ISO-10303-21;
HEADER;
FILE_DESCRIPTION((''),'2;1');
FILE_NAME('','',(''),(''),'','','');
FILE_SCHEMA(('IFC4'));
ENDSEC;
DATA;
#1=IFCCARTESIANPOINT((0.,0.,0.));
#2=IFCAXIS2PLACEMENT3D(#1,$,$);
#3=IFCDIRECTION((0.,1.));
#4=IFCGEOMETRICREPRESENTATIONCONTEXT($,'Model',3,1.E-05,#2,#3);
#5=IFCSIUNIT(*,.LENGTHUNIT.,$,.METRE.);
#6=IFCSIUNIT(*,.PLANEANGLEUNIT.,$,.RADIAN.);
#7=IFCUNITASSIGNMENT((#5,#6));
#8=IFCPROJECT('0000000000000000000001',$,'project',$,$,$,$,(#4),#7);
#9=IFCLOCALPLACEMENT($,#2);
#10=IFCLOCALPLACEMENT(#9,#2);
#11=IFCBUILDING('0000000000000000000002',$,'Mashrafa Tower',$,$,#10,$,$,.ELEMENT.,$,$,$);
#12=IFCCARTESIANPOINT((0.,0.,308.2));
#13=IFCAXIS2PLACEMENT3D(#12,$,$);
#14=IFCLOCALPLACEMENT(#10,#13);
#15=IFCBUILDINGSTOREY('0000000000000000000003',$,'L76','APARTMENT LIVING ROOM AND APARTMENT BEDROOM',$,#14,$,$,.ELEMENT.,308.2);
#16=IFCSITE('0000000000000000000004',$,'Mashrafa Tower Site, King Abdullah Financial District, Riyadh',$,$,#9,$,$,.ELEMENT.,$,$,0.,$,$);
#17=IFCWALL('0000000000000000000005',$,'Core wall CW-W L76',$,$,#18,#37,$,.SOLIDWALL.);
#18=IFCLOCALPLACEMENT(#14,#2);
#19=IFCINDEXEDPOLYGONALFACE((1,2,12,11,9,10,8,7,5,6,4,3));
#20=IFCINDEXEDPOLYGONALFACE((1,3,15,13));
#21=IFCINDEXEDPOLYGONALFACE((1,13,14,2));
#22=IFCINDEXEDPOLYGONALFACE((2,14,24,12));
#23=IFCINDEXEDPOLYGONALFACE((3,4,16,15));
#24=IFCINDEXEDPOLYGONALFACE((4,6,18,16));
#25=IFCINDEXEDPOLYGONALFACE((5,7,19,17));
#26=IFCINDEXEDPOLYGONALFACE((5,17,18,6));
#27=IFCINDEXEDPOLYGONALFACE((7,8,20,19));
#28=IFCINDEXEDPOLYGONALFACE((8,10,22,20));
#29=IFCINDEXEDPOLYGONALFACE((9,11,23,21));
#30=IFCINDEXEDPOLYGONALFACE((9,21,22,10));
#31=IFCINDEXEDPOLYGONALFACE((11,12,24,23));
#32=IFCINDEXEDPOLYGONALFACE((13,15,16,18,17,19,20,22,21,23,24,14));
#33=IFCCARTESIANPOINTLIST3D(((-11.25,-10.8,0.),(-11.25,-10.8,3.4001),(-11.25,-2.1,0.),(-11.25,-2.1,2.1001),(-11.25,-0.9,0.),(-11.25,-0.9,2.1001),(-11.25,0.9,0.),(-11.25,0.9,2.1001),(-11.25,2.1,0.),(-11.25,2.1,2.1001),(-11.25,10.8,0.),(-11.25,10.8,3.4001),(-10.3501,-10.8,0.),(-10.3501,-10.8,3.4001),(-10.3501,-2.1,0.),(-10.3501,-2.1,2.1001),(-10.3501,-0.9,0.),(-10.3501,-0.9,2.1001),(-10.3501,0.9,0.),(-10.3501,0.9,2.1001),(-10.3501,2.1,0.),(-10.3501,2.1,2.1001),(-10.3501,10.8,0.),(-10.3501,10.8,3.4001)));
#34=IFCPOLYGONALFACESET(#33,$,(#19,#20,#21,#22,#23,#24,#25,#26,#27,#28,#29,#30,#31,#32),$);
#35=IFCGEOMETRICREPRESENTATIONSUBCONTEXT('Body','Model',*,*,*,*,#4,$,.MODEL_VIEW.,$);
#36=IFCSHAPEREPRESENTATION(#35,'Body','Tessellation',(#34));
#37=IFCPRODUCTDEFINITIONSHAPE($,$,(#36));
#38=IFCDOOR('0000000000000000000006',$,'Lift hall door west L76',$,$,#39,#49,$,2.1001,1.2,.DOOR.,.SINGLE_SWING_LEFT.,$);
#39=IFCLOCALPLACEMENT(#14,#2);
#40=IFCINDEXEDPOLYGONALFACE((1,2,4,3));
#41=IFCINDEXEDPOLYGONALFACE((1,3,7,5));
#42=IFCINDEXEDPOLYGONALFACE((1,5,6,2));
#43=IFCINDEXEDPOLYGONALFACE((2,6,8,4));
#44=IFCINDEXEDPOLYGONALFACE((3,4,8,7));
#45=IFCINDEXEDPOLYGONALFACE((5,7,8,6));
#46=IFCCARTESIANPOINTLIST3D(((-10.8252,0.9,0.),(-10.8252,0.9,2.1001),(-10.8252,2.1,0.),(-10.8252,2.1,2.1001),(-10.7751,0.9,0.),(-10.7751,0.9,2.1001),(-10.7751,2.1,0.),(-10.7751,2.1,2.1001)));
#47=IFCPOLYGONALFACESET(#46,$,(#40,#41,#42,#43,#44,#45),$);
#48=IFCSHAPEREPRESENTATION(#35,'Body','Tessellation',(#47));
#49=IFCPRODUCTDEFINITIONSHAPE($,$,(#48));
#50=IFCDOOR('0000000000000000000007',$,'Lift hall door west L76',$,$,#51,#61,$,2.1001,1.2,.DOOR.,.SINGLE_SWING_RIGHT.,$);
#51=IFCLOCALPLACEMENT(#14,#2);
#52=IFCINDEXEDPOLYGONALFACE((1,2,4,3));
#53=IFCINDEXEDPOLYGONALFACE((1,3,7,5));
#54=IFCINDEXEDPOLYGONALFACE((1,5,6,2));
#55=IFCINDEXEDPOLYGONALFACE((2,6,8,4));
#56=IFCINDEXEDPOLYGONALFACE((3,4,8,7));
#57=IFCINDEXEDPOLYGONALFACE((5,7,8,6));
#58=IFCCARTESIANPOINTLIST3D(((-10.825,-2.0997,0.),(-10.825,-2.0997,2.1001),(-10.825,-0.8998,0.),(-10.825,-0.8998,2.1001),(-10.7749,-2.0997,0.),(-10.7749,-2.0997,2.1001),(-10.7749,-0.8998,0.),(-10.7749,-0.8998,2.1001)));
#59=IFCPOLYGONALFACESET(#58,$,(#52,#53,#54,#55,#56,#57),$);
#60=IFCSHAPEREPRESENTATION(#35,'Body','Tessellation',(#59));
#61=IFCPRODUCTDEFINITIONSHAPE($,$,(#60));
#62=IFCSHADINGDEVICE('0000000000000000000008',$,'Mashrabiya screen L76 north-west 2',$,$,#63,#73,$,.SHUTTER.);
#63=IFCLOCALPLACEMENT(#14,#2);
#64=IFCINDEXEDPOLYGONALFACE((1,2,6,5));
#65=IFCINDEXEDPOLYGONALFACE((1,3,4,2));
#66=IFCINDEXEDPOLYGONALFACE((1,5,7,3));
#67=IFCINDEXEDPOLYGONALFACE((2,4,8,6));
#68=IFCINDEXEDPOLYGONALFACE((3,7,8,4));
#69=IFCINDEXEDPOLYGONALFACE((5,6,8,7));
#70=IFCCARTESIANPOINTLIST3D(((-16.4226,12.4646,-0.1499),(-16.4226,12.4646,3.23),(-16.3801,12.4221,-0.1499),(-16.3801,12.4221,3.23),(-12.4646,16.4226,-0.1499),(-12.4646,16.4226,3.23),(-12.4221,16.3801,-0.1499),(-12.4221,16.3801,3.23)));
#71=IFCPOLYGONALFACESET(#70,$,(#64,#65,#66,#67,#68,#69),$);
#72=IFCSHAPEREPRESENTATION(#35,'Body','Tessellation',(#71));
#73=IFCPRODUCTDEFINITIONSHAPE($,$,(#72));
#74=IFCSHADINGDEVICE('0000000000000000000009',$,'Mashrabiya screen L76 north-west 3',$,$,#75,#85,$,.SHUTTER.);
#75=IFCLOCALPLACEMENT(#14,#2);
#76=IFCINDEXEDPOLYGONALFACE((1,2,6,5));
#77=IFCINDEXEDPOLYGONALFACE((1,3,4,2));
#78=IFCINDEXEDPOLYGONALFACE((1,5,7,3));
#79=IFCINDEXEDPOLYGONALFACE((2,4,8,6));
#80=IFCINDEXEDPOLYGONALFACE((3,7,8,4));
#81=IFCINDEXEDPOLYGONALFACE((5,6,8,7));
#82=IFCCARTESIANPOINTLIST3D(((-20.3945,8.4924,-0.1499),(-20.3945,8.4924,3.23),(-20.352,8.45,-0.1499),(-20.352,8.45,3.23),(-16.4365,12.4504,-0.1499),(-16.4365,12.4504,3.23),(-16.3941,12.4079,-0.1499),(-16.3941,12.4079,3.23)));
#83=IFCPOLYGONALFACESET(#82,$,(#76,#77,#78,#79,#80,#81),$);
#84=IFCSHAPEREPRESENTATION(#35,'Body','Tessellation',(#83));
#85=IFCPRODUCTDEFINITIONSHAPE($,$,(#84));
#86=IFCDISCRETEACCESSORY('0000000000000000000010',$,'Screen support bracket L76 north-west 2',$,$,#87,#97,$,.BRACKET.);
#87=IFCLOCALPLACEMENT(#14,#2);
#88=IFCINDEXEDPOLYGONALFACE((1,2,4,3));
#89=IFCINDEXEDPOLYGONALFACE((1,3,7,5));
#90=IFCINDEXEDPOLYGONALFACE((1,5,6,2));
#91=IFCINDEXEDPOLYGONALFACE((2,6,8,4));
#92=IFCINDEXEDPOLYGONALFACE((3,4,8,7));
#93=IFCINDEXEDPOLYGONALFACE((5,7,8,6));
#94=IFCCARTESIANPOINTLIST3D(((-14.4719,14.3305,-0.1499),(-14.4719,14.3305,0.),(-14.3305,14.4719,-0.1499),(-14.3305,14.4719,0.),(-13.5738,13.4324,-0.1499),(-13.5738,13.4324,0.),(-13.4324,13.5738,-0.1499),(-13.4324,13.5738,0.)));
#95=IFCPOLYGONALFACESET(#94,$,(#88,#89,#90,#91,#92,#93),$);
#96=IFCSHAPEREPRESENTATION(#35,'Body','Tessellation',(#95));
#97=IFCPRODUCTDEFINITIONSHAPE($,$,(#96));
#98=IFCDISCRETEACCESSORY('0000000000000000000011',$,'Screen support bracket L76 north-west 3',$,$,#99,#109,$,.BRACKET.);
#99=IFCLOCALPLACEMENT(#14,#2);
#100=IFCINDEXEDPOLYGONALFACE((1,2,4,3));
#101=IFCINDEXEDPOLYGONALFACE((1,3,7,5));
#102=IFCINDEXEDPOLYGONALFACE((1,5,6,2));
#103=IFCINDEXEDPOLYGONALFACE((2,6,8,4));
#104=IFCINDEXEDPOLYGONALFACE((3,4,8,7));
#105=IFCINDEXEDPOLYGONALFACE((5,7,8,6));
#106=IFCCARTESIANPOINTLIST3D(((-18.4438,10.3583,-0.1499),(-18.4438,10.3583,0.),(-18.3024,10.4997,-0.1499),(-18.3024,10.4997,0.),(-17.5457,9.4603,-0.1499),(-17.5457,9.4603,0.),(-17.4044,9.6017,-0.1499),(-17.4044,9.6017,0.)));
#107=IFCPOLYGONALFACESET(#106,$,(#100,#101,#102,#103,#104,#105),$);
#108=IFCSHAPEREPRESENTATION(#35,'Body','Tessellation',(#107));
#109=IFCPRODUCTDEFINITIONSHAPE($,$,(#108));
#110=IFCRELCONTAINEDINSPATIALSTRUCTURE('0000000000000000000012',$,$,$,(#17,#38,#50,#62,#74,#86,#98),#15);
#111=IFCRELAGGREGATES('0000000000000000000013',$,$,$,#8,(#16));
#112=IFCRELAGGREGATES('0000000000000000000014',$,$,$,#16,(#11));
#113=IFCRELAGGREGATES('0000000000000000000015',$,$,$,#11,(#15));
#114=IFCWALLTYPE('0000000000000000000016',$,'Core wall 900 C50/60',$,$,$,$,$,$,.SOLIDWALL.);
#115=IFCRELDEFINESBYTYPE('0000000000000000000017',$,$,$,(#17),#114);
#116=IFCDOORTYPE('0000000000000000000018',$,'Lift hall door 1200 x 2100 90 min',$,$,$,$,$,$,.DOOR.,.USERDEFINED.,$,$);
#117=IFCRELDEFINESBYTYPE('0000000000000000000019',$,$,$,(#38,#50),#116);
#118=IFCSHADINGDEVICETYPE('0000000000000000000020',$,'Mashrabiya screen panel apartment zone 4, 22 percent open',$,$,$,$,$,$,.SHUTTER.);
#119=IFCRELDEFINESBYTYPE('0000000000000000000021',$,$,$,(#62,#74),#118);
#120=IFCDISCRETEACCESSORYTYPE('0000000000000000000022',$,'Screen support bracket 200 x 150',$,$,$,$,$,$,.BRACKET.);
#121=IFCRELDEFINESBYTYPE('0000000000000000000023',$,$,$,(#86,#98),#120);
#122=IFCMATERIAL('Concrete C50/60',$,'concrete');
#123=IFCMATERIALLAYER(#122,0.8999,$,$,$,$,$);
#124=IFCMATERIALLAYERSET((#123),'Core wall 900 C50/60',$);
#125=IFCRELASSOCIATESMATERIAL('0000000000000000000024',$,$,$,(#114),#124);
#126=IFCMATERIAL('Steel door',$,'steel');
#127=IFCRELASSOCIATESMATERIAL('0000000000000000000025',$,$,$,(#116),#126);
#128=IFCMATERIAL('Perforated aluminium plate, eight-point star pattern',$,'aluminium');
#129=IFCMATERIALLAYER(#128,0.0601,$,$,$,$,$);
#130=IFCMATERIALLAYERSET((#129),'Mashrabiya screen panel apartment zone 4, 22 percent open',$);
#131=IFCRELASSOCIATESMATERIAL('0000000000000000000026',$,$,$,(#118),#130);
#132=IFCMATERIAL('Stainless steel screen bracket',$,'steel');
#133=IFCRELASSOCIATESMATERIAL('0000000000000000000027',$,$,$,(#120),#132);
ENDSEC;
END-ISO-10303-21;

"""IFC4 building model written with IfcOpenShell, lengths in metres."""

from ifc_helpers import new_model, si_unit, direction, frame, frame_2d, origin, origin_2d, place, context, subcontext, project, spatial, rectangle, extrude, source, transform, mapped, material, layer, layer_set, type_object, type_shapes, element, fill, save


model = new_model("IFC4")

# Units and contexts
model_context = context("Model", 3, precision=1e-05, world=origin(), true_north=direction((0.0, 1.0)))
body_context = subcontext(model_context, "Body", "Model", "MODEL_VIEW")
ifc_project = project(units=[si_unit("LENGTHUNIT", "METRE"), si_unit("PLANEANGLEUNIT", "RADIAN")], contexts=[model_context])

# Site, building, storey
site_placement = place(None, origin())
site = spatial("IfcSite", under=ifc_project, at=site_placement, Name="Mashrafa Tower Site, King Abdullah Financial District, Riyadh", CompositionType="ELEMENT", RefElevation=0.0)
building_placement = place(site_placement, origin())
building = spatial("IfcBuilding", under=site, at=building_placement, Name="Mashrafa Tower", CompositionType="ELEMENT")
storey_placement = place(building_placement, frame((0.0, 0.0, 308.2)))
storey = spatial("IfcBuildingStorey", under=building, at=storey_placement, Name="L76", Description="APARTMENT LIVING ROOM AND APARTMENT BEDROOM", CompositionType="ELEMENT", Elevation=308.2)

# Wall, openings, doors
ifc_material_1 = material(Name="Concrete C50/60", Category="concrete")
ifc_layer_1 = layer(ifc_material_1, 0.8999)
ifc_layer_set_1 = layer_set([ifc_layer_1], Name="Core wall 900 C50/60")
wall_type_1 = type_object("IfcWallType", Name="Core wall 900 C50/60", PredefinedType="SOLIDWALL", material=ifc_layer_set_1)
wall_1_placement = place(storey_placement, frame((-10.8, 10.8, 0.0), z_axis=(0.0, 0.0, 1.0), x_axis=(0.0, -1.0, 0.0)))
wall_1 = element("IfcWall", 1, at=wall_1_placement, inside=storey, type_object=wall_type_1, Name="Core wall CW-W L76", PredefinedType="SOLIDWALL", context=body_context, shape_type="SweptSolid", body=[
    extrude(rectangle(XDim=21.6001, YDim=0.8999, at=frame_2d((10.8, 0.0))), origin(), (0.0, 0.0, 1.0), 3.4001),
])
opening_1_placement = place(wall_1_placement, frame((8.7, 0.0, 0.0)))
opening_1 = element("IfcOpeningElement", 2, at=opening_1_placement, cuts=wall_1, PredefinedType="OPENING", context=body_context, shape_type="SweptSolid", body=[
    extrude(rectangle(XDim=1.2, YDim=2.1001, at=frame_2d((0.6001, 1.05))), frame((0.0, 0.46, 0.0), z_axis=(0.0, -1.0, 0.0), x_axis=(1.0, 0.0, 0.0)), (0.0, 0.0, 1.0), 0.9199),
])
opening_2_placement = place(wall_1_placement, frame((11.7, 0.0, 0.0)))
opening_2 = element("IfcOpeningElement", 3, at=opening_2_placement, cuts=wall_1, PredefinedType="OPENING", context=body_context, shape_type="SweptSolid", body=[
    extrude(rectangle(XDim=1.2, YDim=2.1001, at=frame_2d((0.6001, 1.05))), frame((0.0, 0.46, 0.0), z_axis=(0.0, -1.0, 0.0), x_axis=(1.0, 0.0, 0.0)), (0.0, 0.0, 1.0), 0.9199),
])
ifc_material_2 = material(Name="Steel door", Category="steel")
door_type = type_object("IfcDoorType", Name="Lift hall door 1200 x 2100 90 min", OperationType="USERDEFINED", PredefinedType="DOOR", material=ifc_material_2)
door_1_placement = place(opening_1_placement, origin())
door_1 = element("IfcDoor", 4, at=door_1_placement, inside=storey, type_object=door_type, Name="Lift hall door west L76", OperationType="SINGLE_SWING_LEFT", OverallHeight=2.1001, OverallWidth=1.2, PredefinedType="DOOR", context=body_context, shape_type="SweptSolid", body=[
    extrude(rectangle(XDim=1.2, YDim=2.1001, at=frame_2d((0.6001, 1.05))), frame((0.0, 0.0249, 0.0), z_axis=(0.0, -1.0, 0.0), x_axis=(1.0, 0.0, 0.0)), (0.0, 0.0, 1.0), 0.05),
])
fill(opening_1, door_1)
door_2_placement = place(opening_2_placement, frame((1.2, 0.0, 0.0), z_axis=(0.0, 0.0, 1.0), x_axis=(-1.0, 0.0, 0.0)))
door_2 = element("IfcDoor", 5, at=door_2_placement, inside=storey, type_object=door_type, Name="Lift hall door west L76", OperationType="SINGLE_SWING_RIGHT", OverallHeight=2.1001, OverallWidth=1.2, PredefinedType="DOOR", context=body_context, shape_type="SweptSolid", body=[
    extrude(rectangle(XDim=1.2, YDim=2.1001, at=frame_2d((0.6001, 1.05))), frame((0.0, 0.0249, 0.0), z_axis=(0.0, -1.0, 0.0), x_axis=(1.0, 0.0, 0.0)), (0.0, 0.0, 1.0), 0.05),
])
fill(opening_2, door_2)

# Shading devices
ifc_material_3 = material(Name="Perforated aluminium plate, eight-point star pattern", Category="aluminium")
ifc_layer_2 = layer(ifc_material_3, 0.0601)
ifc_layer_set_2 = layer_set([ifc_layer_2], Name="Mashrabiya screen panel apartment zone 4, 22 percent open")
shading_device_type = type_object("IfcShadingDeviceType", Name="Mashrabiya screen panel apartment zone 4, 22 percent open", PredefinedType="SHUTTER", material=ifc_layer_set_2)
shared_shape_1 = source(origin(), body_context, "Body", "SweptSolid", [
    extrude(rectangle(XDim=5.5974, YDim=0.0601, at=origin_2d()), origin(), (0.0, 0.0, 1.0), 3.3799),
])
type_shapes(shading_device_type, [shared_shape_1])
for number, where, z_axis, x_axis, name in (
    (6, (-14.4224, 14.4224, -0.1499), (0.0, 0.0, 1.0), (-0.707107, -0.707107, 0.0), "Mashrabiya screen L76 north-west 2"),
    (7, (-18.3943, 10.4502, -0.1499), (0.0, 0.0, 1.0), (-0.707107, -0.707107, 0.0), "Mashrabiya screen L76 north-west 3"),
):
    element("IfcShadingDevice", number, at=place(storey_placement, frame(where, z_axis=z_axis, x_axis=x_axis)), inside=storey, type_object=shading_device_type, Name=name, PredefinedType="SHUTTER", context=body_context, shape_type="MappedRepresentation", body=[
        mapped(shared_shape_1, transform((0.0, 0.0, 0.0))),
    ])

# Discrete accessories
ifc_material_4 = material(Name="Stainless steel screen bracket", Category="steel")
discrete_accessory_type = type_object("IfcDiscreteAccessoryType", Name="Screen support bracket 200 x 150", PredefinedType="BRACKET", material=ifc_material_4)
shared_shape_2 = source(origin(), body_context, "Body", "SweptSolid", [
    extrude(rectangle(XDim=0.2, YDim=1.27, at=origin_2d()), origin(), (0.0, 0.0, 1.0), 0.1499),
])
type_shapes(discrete_accessory_type, [shared_shape_2])
for number, where, z_axis, x_axis, name in (
    (8, (-13.9521, 13.9521, -0.1499), (0.0, 0.0, 1.0), (-0.707107, -0.707107, 0.0), "Screen support bracket L76 north-west 2"),
    (9, (-17.9241, 9.98, -0.1499), (0.0, 0.0, 1.0), (-0.707107, -0.707107, 0.0), "Screen support bracket L76 north-west 3"),
):
    element("IfcDiscreteAccessory", number, at=place(storey_placement, frame(where, z_axis=z_axis, x_axis=x_axis)), inside=storey, type_object=discrete_accessory_type, Name=name, PredefinedType="BRACKET", context=body_context, shape_type="MappedRepresentation", body=[
        mapped(shared_shape_2, transform((0.0, 0.0, 0.0))),
    ])

save(model, "model.ifc")
